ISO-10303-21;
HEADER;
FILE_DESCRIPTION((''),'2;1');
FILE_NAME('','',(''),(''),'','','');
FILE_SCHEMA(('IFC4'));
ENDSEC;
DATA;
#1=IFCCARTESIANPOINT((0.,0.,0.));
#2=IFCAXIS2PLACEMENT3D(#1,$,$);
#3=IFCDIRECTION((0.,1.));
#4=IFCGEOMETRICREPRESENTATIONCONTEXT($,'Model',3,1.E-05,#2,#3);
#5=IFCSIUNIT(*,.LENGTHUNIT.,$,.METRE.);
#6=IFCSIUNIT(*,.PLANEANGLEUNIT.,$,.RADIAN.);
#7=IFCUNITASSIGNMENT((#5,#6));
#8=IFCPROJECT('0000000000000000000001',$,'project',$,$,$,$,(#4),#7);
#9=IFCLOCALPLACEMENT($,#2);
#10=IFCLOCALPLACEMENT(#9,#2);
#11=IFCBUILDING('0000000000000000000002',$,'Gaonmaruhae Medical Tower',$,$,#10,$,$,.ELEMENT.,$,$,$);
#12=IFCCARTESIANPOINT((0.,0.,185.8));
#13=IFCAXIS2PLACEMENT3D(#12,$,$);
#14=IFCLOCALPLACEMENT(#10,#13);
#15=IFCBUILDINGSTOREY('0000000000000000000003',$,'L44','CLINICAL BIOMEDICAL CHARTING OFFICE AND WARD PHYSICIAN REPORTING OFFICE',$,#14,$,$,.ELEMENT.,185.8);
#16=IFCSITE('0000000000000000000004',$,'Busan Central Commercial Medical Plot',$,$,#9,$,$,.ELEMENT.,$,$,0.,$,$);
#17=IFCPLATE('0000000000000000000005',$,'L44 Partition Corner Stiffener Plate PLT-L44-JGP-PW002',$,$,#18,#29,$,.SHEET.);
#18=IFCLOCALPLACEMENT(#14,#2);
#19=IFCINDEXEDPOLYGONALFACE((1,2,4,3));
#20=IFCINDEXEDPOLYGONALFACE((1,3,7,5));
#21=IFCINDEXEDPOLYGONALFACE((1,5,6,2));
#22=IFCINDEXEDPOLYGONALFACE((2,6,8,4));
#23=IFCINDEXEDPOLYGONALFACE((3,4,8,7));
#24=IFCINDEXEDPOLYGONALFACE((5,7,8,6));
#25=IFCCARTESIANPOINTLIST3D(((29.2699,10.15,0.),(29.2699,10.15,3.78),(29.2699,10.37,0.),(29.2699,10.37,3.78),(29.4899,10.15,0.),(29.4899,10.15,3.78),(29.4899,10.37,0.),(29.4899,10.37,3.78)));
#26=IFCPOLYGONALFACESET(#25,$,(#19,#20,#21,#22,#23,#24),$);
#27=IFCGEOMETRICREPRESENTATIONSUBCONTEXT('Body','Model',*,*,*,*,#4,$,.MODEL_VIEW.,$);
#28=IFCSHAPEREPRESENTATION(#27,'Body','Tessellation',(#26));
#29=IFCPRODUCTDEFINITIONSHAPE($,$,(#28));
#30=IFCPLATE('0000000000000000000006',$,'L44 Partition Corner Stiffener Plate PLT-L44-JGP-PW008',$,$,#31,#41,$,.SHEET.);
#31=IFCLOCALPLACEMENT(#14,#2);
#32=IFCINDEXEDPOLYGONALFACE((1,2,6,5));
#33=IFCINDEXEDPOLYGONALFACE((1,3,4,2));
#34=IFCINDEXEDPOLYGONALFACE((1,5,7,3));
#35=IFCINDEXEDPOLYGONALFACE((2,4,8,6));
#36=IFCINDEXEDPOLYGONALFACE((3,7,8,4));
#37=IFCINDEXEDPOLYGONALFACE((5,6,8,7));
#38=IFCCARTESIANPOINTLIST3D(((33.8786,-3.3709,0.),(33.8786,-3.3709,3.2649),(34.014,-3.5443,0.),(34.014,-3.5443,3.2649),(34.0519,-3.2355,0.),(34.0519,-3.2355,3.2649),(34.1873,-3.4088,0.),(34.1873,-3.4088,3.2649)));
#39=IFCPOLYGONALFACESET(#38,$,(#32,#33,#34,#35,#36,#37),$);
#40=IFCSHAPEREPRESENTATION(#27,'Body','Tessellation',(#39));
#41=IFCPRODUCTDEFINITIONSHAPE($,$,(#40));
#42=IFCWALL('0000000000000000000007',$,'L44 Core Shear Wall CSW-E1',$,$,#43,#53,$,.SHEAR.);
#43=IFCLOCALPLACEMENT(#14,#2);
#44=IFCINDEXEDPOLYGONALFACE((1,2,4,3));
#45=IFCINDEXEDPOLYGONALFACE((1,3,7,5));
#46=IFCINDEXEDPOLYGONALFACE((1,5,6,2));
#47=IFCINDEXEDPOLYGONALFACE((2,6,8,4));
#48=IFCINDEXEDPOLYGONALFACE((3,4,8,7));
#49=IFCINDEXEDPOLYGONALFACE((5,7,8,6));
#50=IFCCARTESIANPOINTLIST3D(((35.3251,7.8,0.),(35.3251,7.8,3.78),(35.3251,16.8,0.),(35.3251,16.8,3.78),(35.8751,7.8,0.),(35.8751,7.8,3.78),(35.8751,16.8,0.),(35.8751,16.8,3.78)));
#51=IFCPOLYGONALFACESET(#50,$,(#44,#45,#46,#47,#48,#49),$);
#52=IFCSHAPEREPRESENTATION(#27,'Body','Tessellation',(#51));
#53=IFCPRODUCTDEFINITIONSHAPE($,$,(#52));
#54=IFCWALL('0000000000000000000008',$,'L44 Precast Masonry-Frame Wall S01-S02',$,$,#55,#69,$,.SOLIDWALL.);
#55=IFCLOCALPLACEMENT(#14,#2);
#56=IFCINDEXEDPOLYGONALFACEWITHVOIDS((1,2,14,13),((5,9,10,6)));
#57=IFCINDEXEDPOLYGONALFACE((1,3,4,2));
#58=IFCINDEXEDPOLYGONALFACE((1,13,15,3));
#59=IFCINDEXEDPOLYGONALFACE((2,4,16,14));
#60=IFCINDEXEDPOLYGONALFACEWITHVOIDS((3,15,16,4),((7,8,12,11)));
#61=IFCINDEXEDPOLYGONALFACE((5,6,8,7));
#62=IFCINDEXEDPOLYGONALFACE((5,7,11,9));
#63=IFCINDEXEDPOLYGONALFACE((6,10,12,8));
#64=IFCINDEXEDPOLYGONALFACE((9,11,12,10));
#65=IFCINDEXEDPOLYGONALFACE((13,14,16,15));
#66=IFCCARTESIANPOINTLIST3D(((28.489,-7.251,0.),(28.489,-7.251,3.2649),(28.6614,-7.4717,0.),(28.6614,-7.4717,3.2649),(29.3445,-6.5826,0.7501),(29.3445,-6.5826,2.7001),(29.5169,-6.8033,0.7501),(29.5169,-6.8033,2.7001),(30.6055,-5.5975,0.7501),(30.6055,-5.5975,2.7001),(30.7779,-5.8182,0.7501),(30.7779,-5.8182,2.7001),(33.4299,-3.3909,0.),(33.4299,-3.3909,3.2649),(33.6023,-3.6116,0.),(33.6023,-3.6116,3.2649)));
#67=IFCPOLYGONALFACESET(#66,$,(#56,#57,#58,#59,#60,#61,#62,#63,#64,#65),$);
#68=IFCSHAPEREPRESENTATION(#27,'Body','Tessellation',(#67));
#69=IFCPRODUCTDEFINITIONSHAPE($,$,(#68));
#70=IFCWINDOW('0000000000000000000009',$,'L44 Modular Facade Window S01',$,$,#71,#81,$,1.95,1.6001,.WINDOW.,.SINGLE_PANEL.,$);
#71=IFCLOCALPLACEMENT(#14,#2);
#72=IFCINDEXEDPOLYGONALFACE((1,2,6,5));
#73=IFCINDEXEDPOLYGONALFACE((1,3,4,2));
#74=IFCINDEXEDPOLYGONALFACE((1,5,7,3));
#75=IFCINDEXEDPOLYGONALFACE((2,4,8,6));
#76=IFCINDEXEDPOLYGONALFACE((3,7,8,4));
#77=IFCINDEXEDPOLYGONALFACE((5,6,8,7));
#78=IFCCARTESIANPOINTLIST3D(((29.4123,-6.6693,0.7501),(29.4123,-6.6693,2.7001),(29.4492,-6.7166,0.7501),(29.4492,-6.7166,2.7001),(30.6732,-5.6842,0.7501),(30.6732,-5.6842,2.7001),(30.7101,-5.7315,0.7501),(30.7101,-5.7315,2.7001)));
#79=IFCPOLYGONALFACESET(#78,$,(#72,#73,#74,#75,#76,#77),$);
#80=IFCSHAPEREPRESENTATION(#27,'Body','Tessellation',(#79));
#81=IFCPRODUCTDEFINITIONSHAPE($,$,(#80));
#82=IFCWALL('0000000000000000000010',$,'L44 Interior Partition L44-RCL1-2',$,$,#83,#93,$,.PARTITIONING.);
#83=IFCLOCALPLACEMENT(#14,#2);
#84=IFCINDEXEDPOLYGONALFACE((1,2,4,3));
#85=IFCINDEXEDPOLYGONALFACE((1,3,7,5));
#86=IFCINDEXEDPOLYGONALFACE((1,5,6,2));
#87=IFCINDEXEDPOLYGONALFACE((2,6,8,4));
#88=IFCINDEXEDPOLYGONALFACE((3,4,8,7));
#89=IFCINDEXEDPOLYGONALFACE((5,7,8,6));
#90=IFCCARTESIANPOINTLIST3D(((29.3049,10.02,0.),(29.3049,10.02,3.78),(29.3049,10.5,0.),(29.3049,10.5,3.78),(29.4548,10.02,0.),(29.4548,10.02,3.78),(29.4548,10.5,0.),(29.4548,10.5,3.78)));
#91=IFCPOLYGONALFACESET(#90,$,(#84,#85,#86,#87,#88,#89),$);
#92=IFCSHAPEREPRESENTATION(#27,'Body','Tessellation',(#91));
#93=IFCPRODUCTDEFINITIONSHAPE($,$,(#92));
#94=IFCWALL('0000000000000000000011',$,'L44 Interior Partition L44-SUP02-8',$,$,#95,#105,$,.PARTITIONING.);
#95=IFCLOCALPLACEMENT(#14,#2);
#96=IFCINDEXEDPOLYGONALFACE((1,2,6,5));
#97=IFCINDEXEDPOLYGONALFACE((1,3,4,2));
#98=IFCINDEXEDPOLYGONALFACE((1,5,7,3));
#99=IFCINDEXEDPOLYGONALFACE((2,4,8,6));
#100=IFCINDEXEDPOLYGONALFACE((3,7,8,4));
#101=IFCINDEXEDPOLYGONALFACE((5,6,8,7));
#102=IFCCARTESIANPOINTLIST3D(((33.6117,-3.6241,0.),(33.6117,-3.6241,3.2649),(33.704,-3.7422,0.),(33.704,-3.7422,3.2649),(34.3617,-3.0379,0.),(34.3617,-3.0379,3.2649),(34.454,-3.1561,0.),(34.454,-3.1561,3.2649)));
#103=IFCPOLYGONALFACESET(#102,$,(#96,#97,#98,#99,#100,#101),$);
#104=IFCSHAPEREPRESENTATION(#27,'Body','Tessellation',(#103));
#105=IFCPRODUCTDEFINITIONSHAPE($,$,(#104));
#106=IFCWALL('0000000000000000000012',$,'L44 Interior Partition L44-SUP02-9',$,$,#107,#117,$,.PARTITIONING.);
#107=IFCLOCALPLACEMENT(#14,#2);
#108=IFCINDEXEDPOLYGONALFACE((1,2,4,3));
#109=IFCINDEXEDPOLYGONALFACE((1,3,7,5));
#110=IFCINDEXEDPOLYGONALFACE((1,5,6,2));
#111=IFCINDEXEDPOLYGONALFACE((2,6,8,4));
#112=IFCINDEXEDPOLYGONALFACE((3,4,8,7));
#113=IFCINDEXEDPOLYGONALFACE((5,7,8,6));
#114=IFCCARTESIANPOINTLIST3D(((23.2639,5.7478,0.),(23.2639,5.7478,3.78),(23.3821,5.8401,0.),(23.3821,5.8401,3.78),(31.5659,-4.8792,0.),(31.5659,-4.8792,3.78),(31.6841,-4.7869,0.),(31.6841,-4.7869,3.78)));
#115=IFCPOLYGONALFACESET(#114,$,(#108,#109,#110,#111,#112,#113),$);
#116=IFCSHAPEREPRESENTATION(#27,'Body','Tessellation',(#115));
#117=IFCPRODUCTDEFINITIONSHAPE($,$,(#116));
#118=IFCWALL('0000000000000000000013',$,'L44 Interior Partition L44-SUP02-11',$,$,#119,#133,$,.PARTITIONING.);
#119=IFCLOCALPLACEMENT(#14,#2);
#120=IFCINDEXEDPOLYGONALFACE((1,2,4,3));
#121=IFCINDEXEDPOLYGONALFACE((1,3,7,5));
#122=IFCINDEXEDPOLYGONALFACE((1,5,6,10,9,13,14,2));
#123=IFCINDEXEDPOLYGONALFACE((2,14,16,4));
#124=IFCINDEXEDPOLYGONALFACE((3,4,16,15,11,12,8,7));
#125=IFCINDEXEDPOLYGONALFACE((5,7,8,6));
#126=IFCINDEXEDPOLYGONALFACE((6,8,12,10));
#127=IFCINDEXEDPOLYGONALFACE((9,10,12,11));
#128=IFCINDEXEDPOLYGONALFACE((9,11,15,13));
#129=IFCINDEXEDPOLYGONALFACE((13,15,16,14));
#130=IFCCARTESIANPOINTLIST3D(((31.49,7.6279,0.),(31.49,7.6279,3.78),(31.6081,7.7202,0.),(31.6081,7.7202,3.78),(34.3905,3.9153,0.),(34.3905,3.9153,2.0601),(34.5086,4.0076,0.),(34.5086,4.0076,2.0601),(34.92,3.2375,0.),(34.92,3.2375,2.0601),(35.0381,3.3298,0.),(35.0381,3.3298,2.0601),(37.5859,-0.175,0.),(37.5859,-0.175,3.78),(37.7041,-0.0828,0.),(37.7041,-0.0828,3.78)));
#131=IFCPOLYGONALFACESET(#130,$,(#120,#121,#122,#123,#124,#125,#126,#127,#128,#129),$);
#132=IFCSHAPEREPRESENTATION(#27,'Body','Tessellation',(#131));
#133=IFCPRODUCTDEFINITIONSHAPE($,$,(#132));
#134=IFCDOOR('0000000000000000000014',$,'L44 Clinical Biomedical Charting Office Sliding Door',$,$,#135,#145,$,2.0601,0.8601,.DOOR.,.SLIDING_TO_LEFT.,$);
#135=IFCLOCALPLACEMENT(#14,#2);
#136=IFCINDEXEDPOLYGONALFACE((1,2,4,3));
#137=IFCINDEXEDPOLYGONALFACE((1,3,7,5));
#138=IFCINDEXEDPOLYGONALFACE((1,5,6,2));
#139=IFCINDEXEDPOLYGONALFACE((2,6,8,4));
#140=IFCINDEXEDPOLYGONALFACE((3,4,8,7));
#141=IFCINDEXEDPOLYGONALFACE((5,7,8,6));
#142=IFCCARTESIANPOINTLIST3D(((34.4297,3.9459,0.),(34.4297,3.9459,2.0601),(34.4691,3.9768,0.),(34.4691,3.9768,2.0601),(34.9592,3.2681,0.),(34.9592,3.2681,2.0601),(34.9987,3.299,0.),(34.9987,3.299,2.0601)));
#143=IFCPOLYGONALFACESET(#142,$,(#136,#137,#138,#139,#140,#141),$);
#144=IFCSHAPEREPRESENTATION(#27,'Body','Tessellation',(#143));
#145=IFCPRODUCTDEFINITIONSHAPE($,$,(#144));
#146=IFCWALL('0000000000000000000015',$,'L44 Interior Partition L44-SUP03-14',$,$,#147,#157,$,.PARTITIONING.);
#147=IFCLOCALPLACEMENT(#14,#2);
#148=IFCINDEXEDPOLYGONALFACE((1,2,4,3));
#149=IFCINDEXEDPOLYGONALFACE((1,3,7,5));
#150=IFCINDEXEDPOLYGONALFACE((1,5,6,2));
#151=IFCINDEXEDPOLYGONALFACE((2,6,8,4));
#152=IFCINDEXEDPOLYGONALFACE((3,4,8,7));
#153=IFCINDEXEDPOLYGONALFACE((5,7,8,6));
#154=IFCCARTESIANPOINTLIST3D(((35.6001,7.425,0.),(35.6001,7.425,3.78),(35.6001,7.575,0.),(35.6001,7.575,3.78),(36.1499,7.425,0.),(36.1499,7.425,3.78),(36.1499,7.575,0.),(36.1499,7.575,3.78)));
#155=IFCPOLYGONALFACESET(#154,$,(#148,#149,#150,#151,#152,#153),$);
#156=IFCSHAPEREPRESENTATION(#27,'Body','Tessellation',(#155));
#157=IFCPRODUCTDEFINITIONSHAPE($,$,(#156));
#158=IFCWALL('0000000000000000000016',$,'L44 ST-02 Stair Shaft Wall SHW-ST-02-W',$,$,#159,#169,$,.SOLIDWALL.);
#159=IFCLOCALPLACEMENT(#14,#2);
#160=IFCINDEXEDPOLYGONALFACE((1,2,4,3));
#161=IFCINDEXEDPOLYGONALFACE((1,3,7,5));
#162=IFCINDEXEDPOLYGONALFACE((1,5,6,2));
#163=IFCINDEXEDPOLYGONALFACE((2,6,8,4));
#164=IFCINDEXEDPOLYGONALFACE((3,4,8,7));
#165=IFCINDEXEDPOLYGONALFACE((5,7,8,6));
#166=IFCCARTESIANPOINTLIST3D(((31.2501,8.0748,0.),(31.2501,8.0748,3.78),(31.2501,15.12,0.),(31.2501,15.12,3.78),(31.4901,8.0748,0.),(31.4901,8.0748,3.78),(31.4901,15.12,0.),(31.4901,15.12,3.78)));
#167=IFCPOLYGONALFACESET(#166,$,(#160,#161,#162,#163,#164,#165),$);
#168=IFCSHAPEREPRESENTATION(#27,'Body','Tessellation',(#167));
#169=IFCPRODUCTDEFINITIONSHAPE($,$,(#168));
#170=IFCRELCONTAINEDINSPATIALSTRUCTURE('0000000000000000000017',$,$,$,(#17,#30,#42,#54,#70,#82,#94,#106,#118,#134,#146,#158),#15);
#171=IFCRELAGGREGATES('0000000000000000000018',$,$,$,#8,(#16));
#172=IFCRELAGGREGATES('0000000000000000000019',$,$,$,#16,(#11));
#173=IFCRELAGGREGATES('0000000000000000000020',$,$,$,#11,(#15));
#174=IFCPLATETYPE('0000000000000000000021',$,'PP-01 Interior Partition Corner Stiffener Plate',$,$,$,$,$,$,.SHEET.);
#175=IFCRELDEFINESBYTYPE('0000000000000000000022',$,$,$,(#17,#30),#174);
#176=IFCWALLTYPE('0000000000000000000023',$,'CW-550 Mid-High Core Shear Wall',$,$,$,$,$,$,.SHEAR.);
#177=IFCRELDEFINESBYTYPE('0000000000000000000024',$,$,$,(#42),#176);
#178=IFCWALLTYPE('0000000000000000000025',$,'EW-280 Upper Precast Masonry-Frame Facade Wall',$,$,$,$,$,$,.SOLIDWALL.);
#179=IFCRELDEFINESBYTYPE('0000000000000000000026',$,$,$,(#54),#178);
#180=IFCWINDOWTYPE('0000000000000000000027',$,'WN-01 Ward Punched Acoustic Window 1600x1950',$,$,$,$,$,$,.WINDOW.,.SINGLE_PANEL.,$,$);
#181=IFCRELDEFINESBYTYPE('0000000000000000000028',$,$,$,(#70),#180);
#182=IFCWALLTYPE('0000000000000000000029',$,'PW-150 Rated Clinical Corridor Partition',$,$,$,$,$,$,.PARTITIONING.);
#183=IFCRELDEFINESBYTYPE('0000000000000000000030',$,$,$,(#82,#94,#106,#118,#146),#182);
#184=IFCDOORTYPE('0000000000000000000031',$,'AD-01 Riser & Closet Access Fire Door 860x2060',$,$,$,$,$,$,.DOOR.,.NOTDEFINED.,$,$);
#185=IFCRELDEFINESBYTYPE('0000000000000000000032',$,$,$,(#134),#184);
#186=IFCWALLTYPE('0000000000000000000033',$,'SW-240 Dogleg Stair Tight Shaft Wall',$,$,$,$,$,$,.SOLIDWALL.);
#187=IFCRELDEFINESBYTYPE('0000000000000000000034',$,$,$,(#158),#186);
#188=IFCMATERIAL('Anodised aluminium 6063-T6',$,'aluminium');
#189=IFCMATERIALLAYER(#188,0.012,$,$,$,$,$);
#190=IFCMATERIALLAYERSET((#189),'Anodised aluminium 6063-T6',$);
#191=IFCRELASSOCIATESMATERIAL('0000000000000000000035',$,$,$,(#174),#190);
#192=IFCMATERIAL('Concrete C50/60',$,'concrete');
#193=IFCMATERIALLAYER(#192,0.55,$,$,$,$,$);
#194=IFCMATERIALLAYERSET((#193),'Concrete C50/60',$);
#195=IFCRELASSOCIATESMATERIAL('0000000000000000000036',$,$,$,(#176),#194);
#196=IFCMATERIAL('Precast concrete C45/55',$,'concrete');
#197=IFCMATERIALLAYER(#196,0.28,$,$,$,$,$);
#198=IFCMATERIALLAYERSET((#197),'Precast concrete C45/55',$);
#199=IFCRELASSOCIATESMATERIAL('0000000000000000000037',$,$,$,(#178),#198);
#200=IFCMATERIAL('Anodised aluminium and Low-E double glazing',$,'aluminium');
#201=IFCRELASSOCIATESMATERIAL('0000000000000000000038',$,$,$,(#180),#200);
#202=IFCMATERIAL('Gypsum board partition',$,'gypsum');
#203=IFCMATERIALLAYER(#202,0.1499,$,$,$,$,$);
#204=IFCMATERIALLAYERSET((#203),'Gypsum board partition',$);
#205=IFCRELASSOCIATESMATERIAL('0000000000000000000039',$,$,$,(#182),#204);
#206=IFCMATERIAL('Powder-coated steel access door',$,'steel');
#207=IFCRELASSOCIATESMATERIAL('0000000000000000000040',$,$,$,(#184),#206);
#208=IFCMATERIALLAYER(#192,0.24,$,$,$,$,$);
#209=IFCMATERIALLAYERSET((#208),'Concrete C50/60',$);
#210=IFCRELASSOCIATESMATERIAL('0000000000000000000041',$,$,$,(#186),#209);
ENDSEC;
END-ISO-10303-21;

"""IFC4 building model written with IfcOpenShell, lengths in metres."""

from ifc_helpers import new_model, si_unit, direction, frame, frame_2d, origin, origin_2d, place, context, subcontext, project, spatial, rectangle, extrude, material, layer, layer_set, type_object, element, fill, save


model = new_model("IFC4")

# Units and contexts
model_context = context("Model", 3, precision=1e-05, world=origin(), true_north=direction((0.0, 1.0)))
body_context = subcontext(model_context, "Body", "Model", "MODEL_VIEW")
ifc_project = project(units=[si_unit("LENGTHUNIT", "METRE"), si_unit("PLANEANGLEUNIT", "RADIAN")], contexts=[model_context])

# Site, building, storey
site_placement = place(None, origin())
site = spatial("IfcSite", under=ifc_project, at=site_placement, Name="Busan Central Commercial Medical Plot", CompositionType="ELEMENT", RefElevation=0.0)
building_placement = place(site_placement, origin())
building = spatial("IfcBuilding", under=site, at=building_placement, Name="Gaonmaruhae Medical Tower", CompositionType="ELEMENT")
storey_placement = place(building_placement, frame((0.0, 0.0, 185.8)))
storey = spatial("IfcBuildingStorey", under=building, at=storey_placement, Name="L44", Description="CLINICAL BIOMEDICAL CHARTING OFFICE AND WARD PHYSICIAN REPORTING OFFICE", CompositionType="ELEMENT", Elevation=185.8)

# Shared definitions
ifc_material_1 = material(Name="Concrete C50/60", Category="concrete")

# Plates
ifc_material_2 = material(Name="Anodised aluminium 6063-T6", Category="aluminium")
ifc_layer_1 = layer(ifc_material_2, 0.012)
ifc_layer_set_1 = layer_set([ifc_layer_1], Name="Anodised aluminium 6063-T6")
plate_type = type_object("IfcPlateType", Name="PP-01 Interior Partition Corner Stiffener Plate", PredefinedType="SHEET", material=ifc_layer_set_1)
plate_1_placement = place(storey_placement, frame((29.3799, 10.26, 0.0), z_axis=(0.0, 0.0, 1.0), x_axis=(0.0, -1.0, 0.0)))
element("IfcPlate", 1, at=plate_1_placement, inside=storey, type_object=plate_type, Name="L44 Partition Corner Stiffener Plate PLT-L44-JGP-PW002", PredefinedType="SHEET", context=body_context, shape_type="SweptSolid", body=[
    extrude(rectangle(XDim=0.22, YDim=0.22, at=origin_2d()), origin(), (0.0, 0.0, 1.0), 3.78),
])
plate_2_placement = place(storey_placement, frame((34.033, -3.3899, 0.0), z_axis=(0.0, 0.0, 1.0), x_axis=(-0.787989, -0.615689, 0.0)))
element("IfcPlate", 2, at=plate_2_placement, inside=storey, type_object=plate_type, Name="L44 Partition Corner Stiffener Plate PLT-L44-JGP-PW008", PredefinedType="SHEET", context=body_context, shape_type="SweptSolid", body=[
    extrude(rectangle(XDim=0.22, YDim=0.22, at=origin_2d()), origin(), (0.0, 0.0, 1.0), 3.2649),
])

# Wall
ifc_layer_2 = layer(ifc_material_1, 0.55)
ifc_layer_set_2 = layer_set([ifc_layer_2], Name="Concrete C50/60")
wall_type_1 = type_object("IfcWallType", Name="CW-550 Mid-High Core Shear Wall", PredefinedType="SHEAR", material=ifc_layer_set_2)
wall_1_placement = place(storey_placement, frame((35.6001, 7.8, 0.0), z_axis=(0.0, 0.0, 1.0), x_axis=(0.0, 1.0, 0.0)))
element("IfcWall", 3, at=wall_1_placement, inside=storey, type_object=wall_type_1, Name="L44 Core Shear Wall CSW-E1", PredefinedType="SHEAR", context=body_context, shape_type="SweptSolid", body=[
    extrude(rectangle(XDim=9.0, YDim=0.55, at=frame_2d((4.5, 0.0))), origin(), (0.0, 0.0, 1.0), 3.78),
])

# Wall, opening, window
ifc_material_3 = material(Name="Precast concrete C45/55", Category="concrete")
ifc_layer_3 = layer(ifc_material_3, 0.28)
ifc_layer_set_3 = layer_set([ifc_layer_3], Name="Precast concrete C45/55")
wall_type_2 = type_object("IfcWallType", Name="EW-280 Upper Precast Masonry-Frame Facade Wall", PredefinedType="SOLIDWALL", material=ifc_layer_set_3)
wall_2_placement = place(storey_placement, frame((33.5161, -3.5012, 0.0), z_axis=(0.0, 0.0, 1.0), x_axis=(-0.788023, -0.615646, 0.0)))
wall_2 = element("IfcWall", 4, at=wall_2_placement, inside=storey, type_object=wall_type_2, Name="L44 Precast Masonry-Frame Wall S01-S02", PredefinedType="SOLIDWALL", context=body_context, shape_type="SweptSolid", body=[
    extrude(rectangle(XDim=6.27, YDim=0.28, at=frame_2d((3.135, 0.0))), origin(), (0.0, 0.0, 1.0), 3.2649),
])
opening_1_placement = place(wall_2_placement, frame((3.5842, 0.0, 0.75)))
opening_1 = element("IfcOpeningElement", 5, at=opening_1_placement, cuts=wall_2, PredefinedType="OPENING", context=body_context, shape_type="SweptSolid", body=[
    extrude(rectangle(XDim=1.6001, YDim=1.95, at=frame_2d((0.8, 0.9751))), frame((0.0, 0.1499, 0.0), z_axis=(0.0, -1.0, 0.0), x_axis=(1.0, 0.0, 0.0)), (0.0, 0.0, 1.0), 0.3),
])
ifc_material_4 = material(Name="Anodised aluminium and Low-E double glazing", Category="aluminium")
window_type = type_object("IfcWindowType", Name="WN-01 Ward Punched Acoustic Window 1600x1950", PartitioningType="SINGLE_PANEL", PredefinedType="WINDOW", material=ifc_material_4)
window_placement = place(opening_1_placement, origin())
window = element("IfcWindow", 6, at=window_placement, inside=storey, type_object=window_type, Name="L44 Modular Facade Window S01", OverallHeight=1.95, OverallWidth=1.6001, PartitioningType="SINGLE_PANEL", PredefinedType="WINDOW", context=body_context, shape_type="SweptSolid", body=[
    extrude(rectangle(XDim=1.6001, YDim=1.95, at=frame_2d((0.8, 0.9751))), frame((0.0, 0.03, 0.0), z_axis=(0.0, -1.0, 0.0), x_axis=(1.0, 0.0, 0.0)), (0.0, 0.0, 1.0), 0.0601),
])
fill(opening_1, window)

# Walls
ifc_material_5 = material(Name="Gypsum board partition", Category="gypsum")
ifc_layer_4 = layer(ifc_material_5, 0.1499)
ifc_layer_set_4 = layer_set([ifc_layer_4], Name="Gypsum board partition")
wall_type_3 = type_object("IfcWallType", Name="PW-150 Rated Clinical Corridor Partition", PredefinedType="PARTITIONING", material=ifc_layer_set_4)
wall_3_placement = place(storey_placement, frame((29.3799, 10.5, 0.0), z_axis=(0.0, 0.0, 1.0), x_axis=(0.0, -1.0, 0.0)))
element("IfcWall", 7, at=wall_3_placement, inside=storey, type_object=wall_type_3, Name="L44 Interior Partition L44-RCL1-2", PredefinedType="PARTITIONING", context=body_context, shape_type="SweptSolid", body=[
    extrude(rectangle(XDim=0.48, YDim=0.1499, at=frame_2d((0.24, 0.0))), origin(), (0.0, 0.0, 1.0), 3.78),
])
wall_4_placement = place(storey_placement, frame((34.408, -3.0969, 0.0), z_axis=(0.0, 0.0, 1.0), x_axis=(-0.7879, -0.615803, 0.0)))
element("IfcWall", 8, at=wall_4_placement, inside=storey, type_object=wall_type_3, Name="L44 Interior Partition L44-SUP02-8", PredefinedType="PARTITIONING", context=body_context, shape_type="SweptSolid", body=[
    extrude(rectangle(XDim=0.9519, YDim=0.1499, at=frame_2d((0.4761, 0.0))), origin(), (0.0, 0.0, 1.0), 3.2649),
])
wall_5_placement = place(storey_placement, frame((31.625, -4.833, 0.0), z_axis=(0.0, 0.0, 1.0), x_axis=(-0.61563, 0.788035, 0.0)))
element("IfcWall", 9, at=wall_5_placement, inside=storey, type_object=wall_type_3, Name="L44 Interior Partition L44-SUP02-9", PredefinedType="PARTITIONING", context=body_context, shape_type="SweptSolid", body=[
    extrude(rectangle(XDim=13.4854, YDim=0.1499, at=frame_2d((6.7427, 0.0))), origin(), (0.0, 0.0, 1.0), 3.78),
])

# Wall, opening, door
wall_6_placement = place(storey_placement, frame((31.5491, 7.6741, 0.0), z_axis=(0.0, 0.0, 1.0), x_axis=(0.615636, -0.788031, 0.0)))
wall_6 = element("IfcWall", 10, at=wall_6_placement, inside=storey, type_object=wall_type_3, Name="L44 Interior Partition L44-SUP02-11", PredefinedType="PARTITIONING", context=body_context, shape_type="SweptSolid", body=[
    extrude(rectangle(XDim=9.9019, YDim=0.1499, at=frame_2d((4.9509, 0.0))), origin(), (0.0, 0.0, 1.0), 3.78),
])
opening_2_placement = place(wall_6_placement, frame((4.7112, 0.0, 0.0)))
opening_2 = element("IfcOpeningElement", 11, at=opening_2_placement, cuts=wall_6, PredefinedType="OPENING", context=body_context, shape_type="SweptSolid", body=[
    extrude(rectangle(XDim=0.8601, YDim=2.0601, at=frame_2d((0.4302, 1.03))), frame((0.0, 0.085, 0.0), z_axis=(0.0, -1.0, 0.0), x_axis=(1.0, 0.0, 0.0)), (0.0, 0.0, 1.0), 0.1699),
])
ifc_material_6 = material(Name="Powder-coated steel access door", Category="steel")
door_type = type_object("IfcDoorType", Name="AD-01 Riser & Closet Access Fire Door 860x2060", OperationType="NOTDEFINED", PredefinedType="DOOR", material=ifc_material_6)
door_placement = place(opening_2_placement, origin())
door = element("IfcDoor", 12, at=door_placement, inside=storey, type_object=door_type, Name="L44 Clinical Biomedical Charting Office Sliding Door", OperationType="SLIDING_TO_LEFT", OverallHeight=2.0601, OverallWidth=0.8601, PredefinedType="DOOR", context=body_context, shape_type="SweptSolid", body=[
    extrude(rectangle(XDim=0.8601, YDim=2.0601, at=frame_2d((0.4302, 1.03))), frame((0.0, 0.0249, 0.0), z_axis=(0.0, -1.0, 0.0), x_axis=(1.0, 0.0, 0.0)), (0.0, 0.0, 1.0), 0.05),
])
fill(opening_2, door)

# Walls
wall_7_placement = place(storey_placement, frame((35.6001, 7.5, 0.0), z_axis=(0.0, 0.0, 1.0), x_axis=(1.0, 0.0, 0.0)))
element("IfcWall", 13, at=wall_7_placement, inside=storey, type_object=wall_type_3, Name="L44 Interior Partition L44-SUP03-14", PredefinedType="PARTITIONING", context=body_context, shape_type="SweptSolid", body=[
    extrude(rectangle(XDim=0.5498, YDim=0.1499, at=frame_2d((0.2749, 0.0))), origin(), (0.0, 0.0, 1.0), 3.78),
])
ifc_layer_5 = layer(ifc_material_1, 0.24)
ifc_layer_set_5 = layer_set([ifc_layer_5], Name="Concrete C50/60")
wall_type_4 = type_object("IfcWallType", Name="SW-240 Dogleg Stair Tight Shaft Wall", PredefinedType="SOLIDWALL", material=ifc_layer_set_5)
wall_8_placement = place(storey_placement, frame((31.3701, 8.075, 0.0), z_axis=(0.0, 0.0, 1.0), x_axis=(0.0, 1.0, 0.0)))
element("IfcWall", 14, at=wall_8_placement, inside=storey, type_object=wall_type_4, Name="L44 ST-02 Stair Shaft Wall SHW-ST-02-W", PredefinedType="SOLIDWALL", context=body_context, shape_type="SweptSolid", body=[
    extrude(rectangle(XDim=7.0452, YDim=0.24, at=frame_2d((3.5225, 0.0))), origin(), (0.0, 0.0, 1.0), 3.78),
])

save(model, "model.ifc")
